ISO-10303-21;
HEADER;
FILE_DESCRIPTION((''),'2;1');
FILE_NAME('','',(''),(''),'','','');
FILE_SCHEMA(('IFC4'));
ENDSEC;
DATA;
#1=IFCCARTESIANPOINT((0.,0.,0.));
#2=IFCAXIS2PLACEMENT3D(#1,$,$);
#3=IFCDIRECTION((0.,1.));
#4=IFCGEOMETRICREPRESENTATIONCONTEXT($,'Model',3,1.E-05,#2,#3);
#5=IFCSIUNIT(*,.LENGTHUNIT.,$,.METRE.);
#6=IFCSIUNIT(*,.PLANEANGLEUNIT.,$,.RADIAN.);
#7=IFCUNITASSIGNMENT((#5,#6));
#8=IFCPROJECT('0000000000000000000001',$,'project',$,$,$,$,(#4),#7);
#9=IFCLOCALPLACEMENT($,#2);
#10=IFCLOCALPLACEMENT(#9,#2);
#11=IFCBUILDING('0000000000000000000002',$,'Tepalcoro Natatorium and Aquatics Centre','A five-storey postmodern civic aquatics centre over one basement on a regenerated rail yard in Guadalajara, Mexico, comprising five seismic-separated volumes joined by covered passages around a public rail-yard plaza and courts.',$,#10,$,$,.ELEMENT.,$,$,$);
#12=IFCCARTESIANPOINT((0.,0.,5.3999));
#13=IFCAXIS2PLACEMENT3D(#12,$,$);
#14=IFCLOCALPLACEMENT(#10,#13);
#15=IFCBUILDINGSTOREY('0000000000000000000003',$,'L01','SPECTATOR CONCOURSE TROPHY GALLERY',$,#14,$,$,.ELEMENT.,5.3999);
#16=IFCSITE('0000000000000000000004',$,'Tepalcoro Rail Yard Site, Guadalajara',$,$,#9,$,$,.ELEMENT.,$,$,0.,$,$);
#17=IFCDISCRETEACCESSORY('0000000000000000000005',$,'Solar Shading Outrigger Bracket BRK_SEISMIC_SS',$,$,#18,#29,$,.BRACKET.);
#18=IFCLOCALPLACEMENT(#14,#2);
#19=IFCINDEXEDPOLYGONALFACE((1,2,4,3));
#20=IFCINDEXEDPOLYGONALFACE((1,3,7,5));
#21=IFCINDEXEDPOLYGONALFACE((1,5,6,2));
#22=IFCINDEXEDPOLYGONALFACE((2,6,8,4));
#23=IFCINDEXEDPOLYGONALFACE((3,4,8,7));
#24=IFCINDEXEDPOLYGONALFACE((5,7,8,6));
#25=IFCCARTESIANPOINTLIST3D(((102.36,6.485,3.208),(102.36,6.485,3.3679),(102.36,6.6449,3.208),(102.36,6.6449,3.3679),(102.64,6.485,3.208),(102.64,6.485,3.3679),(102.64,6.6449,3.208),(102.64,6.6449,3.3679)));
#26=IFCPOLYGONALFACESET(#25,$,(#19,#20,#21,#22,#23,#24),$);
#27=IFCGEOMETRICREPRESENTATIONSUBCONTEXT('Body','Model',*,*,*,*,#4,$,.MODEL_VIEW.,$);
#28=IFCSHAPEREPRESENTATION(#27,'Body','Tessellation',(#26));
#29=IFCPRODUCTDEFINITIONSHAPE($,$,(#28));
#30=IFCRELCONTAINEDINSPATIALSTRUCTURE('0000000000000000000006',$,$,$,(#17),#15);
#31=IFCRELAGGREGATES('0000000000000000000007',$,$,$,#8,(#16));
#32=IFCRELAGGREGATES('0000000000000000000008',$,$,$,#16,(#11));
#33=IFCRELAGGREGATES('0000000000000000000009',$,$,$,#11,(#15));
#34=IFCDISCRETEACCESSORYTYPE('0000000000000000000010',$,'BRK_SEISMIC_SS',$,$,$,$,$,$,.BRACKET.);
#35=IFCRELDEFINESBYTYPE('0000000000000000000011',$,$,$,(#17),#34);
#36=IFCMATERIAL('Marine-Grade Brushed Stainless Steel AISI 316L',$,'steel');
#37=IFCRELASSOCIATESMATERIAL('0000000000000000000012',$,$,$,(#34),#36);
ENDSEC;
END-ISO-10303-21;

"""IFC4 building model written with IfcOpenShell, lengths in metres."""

from ifc_helpers import new_model, si_unit, direction, frame, origin, origin_2d, place, context, subcontext, project, spatial, rectangle, extrude, material, type_object, element, save


model = new_model("IFC4")

# Units and contexts
model_context = context("Model", 3, precision=1e-05, world=origin(), true_north=direction((0.0, 1.0)))
body_context = subcontext(model_context, "Body", "Model", "MODEL_VIEW")
ifc_project = project(units=[si_unit("LENGTHUNIT", "METRE"), si_unit("PLANEANGLEUNIT", "RADIAN")], contexts=[model_context])

# Site, building, storey
site_placement = place(None, origin())
site = spatial("IfcSite", under=ifc_project, at=site_placement, Name="Tepalcoro Rail Yard Site, Guadalajara", CompositionType="ELEMENT", RefElevation=0.0)
building_placement = place(site_placement, origin())
building = spatial("IfcBuilding", under=site, at=building_placement, Name="Tepalcoro Natatorium and Aquatics Centre", Description="A five-storey postmodern civic aquatics centre over one basement on a regenerated rail yard in Guadalajara, Mexico, comprising five seismic-separated volumes joined by covered passages around a public rail-yard plaza and courts.", CompositionType="ELEMENT")
storey_placement = place(building_placement, frame((0.0, 0.0, 5.3999)))
storey = spatial("IfcBuildingStorey", under=building, at=storey_placement, Name="L01", Description="SPECTATOR CONCOURSE TROPHY GALLERY", CompositionType="ELEMENT", Elevation=5.3999)

# Shared definitions
ifc_material_1 = material(Name="Marine-Grade Brushed Stainless Steel AISI 316L", Category="steel")

# Discrete accessory
discrete_accessory_type = type_object("IfcDiscreteAccessoryType", Name="BRK_SEISMIC_SS", PredefinedType="BRACKET", material=ifc_material_1)
discrete_accessory_placement = place(storey_placement, frame((102.5, 6.5649, 3.208), z_axis=(0.0, 0.0, 1.0), x_axis=(1.0, 0.0, 0.0)))
element("IfcDiscreteAccessory", 1, at=discrete_accessory_placement, inside=storey, type_object=discrete_accessory_type, Name="Solar Shading Outrigger Bracket BRK_SEISMIC_SS", PredefinedType="BRACKET", context=body_context, shape_type="SweptSolid", body=[
    extrude(rectangle(XDim=0.28, YDim=0.1599, at=origin_2d()), origin(), (0.0, 0.0, 1.0), 0.1599),
])

save(model, "model.ifc")
